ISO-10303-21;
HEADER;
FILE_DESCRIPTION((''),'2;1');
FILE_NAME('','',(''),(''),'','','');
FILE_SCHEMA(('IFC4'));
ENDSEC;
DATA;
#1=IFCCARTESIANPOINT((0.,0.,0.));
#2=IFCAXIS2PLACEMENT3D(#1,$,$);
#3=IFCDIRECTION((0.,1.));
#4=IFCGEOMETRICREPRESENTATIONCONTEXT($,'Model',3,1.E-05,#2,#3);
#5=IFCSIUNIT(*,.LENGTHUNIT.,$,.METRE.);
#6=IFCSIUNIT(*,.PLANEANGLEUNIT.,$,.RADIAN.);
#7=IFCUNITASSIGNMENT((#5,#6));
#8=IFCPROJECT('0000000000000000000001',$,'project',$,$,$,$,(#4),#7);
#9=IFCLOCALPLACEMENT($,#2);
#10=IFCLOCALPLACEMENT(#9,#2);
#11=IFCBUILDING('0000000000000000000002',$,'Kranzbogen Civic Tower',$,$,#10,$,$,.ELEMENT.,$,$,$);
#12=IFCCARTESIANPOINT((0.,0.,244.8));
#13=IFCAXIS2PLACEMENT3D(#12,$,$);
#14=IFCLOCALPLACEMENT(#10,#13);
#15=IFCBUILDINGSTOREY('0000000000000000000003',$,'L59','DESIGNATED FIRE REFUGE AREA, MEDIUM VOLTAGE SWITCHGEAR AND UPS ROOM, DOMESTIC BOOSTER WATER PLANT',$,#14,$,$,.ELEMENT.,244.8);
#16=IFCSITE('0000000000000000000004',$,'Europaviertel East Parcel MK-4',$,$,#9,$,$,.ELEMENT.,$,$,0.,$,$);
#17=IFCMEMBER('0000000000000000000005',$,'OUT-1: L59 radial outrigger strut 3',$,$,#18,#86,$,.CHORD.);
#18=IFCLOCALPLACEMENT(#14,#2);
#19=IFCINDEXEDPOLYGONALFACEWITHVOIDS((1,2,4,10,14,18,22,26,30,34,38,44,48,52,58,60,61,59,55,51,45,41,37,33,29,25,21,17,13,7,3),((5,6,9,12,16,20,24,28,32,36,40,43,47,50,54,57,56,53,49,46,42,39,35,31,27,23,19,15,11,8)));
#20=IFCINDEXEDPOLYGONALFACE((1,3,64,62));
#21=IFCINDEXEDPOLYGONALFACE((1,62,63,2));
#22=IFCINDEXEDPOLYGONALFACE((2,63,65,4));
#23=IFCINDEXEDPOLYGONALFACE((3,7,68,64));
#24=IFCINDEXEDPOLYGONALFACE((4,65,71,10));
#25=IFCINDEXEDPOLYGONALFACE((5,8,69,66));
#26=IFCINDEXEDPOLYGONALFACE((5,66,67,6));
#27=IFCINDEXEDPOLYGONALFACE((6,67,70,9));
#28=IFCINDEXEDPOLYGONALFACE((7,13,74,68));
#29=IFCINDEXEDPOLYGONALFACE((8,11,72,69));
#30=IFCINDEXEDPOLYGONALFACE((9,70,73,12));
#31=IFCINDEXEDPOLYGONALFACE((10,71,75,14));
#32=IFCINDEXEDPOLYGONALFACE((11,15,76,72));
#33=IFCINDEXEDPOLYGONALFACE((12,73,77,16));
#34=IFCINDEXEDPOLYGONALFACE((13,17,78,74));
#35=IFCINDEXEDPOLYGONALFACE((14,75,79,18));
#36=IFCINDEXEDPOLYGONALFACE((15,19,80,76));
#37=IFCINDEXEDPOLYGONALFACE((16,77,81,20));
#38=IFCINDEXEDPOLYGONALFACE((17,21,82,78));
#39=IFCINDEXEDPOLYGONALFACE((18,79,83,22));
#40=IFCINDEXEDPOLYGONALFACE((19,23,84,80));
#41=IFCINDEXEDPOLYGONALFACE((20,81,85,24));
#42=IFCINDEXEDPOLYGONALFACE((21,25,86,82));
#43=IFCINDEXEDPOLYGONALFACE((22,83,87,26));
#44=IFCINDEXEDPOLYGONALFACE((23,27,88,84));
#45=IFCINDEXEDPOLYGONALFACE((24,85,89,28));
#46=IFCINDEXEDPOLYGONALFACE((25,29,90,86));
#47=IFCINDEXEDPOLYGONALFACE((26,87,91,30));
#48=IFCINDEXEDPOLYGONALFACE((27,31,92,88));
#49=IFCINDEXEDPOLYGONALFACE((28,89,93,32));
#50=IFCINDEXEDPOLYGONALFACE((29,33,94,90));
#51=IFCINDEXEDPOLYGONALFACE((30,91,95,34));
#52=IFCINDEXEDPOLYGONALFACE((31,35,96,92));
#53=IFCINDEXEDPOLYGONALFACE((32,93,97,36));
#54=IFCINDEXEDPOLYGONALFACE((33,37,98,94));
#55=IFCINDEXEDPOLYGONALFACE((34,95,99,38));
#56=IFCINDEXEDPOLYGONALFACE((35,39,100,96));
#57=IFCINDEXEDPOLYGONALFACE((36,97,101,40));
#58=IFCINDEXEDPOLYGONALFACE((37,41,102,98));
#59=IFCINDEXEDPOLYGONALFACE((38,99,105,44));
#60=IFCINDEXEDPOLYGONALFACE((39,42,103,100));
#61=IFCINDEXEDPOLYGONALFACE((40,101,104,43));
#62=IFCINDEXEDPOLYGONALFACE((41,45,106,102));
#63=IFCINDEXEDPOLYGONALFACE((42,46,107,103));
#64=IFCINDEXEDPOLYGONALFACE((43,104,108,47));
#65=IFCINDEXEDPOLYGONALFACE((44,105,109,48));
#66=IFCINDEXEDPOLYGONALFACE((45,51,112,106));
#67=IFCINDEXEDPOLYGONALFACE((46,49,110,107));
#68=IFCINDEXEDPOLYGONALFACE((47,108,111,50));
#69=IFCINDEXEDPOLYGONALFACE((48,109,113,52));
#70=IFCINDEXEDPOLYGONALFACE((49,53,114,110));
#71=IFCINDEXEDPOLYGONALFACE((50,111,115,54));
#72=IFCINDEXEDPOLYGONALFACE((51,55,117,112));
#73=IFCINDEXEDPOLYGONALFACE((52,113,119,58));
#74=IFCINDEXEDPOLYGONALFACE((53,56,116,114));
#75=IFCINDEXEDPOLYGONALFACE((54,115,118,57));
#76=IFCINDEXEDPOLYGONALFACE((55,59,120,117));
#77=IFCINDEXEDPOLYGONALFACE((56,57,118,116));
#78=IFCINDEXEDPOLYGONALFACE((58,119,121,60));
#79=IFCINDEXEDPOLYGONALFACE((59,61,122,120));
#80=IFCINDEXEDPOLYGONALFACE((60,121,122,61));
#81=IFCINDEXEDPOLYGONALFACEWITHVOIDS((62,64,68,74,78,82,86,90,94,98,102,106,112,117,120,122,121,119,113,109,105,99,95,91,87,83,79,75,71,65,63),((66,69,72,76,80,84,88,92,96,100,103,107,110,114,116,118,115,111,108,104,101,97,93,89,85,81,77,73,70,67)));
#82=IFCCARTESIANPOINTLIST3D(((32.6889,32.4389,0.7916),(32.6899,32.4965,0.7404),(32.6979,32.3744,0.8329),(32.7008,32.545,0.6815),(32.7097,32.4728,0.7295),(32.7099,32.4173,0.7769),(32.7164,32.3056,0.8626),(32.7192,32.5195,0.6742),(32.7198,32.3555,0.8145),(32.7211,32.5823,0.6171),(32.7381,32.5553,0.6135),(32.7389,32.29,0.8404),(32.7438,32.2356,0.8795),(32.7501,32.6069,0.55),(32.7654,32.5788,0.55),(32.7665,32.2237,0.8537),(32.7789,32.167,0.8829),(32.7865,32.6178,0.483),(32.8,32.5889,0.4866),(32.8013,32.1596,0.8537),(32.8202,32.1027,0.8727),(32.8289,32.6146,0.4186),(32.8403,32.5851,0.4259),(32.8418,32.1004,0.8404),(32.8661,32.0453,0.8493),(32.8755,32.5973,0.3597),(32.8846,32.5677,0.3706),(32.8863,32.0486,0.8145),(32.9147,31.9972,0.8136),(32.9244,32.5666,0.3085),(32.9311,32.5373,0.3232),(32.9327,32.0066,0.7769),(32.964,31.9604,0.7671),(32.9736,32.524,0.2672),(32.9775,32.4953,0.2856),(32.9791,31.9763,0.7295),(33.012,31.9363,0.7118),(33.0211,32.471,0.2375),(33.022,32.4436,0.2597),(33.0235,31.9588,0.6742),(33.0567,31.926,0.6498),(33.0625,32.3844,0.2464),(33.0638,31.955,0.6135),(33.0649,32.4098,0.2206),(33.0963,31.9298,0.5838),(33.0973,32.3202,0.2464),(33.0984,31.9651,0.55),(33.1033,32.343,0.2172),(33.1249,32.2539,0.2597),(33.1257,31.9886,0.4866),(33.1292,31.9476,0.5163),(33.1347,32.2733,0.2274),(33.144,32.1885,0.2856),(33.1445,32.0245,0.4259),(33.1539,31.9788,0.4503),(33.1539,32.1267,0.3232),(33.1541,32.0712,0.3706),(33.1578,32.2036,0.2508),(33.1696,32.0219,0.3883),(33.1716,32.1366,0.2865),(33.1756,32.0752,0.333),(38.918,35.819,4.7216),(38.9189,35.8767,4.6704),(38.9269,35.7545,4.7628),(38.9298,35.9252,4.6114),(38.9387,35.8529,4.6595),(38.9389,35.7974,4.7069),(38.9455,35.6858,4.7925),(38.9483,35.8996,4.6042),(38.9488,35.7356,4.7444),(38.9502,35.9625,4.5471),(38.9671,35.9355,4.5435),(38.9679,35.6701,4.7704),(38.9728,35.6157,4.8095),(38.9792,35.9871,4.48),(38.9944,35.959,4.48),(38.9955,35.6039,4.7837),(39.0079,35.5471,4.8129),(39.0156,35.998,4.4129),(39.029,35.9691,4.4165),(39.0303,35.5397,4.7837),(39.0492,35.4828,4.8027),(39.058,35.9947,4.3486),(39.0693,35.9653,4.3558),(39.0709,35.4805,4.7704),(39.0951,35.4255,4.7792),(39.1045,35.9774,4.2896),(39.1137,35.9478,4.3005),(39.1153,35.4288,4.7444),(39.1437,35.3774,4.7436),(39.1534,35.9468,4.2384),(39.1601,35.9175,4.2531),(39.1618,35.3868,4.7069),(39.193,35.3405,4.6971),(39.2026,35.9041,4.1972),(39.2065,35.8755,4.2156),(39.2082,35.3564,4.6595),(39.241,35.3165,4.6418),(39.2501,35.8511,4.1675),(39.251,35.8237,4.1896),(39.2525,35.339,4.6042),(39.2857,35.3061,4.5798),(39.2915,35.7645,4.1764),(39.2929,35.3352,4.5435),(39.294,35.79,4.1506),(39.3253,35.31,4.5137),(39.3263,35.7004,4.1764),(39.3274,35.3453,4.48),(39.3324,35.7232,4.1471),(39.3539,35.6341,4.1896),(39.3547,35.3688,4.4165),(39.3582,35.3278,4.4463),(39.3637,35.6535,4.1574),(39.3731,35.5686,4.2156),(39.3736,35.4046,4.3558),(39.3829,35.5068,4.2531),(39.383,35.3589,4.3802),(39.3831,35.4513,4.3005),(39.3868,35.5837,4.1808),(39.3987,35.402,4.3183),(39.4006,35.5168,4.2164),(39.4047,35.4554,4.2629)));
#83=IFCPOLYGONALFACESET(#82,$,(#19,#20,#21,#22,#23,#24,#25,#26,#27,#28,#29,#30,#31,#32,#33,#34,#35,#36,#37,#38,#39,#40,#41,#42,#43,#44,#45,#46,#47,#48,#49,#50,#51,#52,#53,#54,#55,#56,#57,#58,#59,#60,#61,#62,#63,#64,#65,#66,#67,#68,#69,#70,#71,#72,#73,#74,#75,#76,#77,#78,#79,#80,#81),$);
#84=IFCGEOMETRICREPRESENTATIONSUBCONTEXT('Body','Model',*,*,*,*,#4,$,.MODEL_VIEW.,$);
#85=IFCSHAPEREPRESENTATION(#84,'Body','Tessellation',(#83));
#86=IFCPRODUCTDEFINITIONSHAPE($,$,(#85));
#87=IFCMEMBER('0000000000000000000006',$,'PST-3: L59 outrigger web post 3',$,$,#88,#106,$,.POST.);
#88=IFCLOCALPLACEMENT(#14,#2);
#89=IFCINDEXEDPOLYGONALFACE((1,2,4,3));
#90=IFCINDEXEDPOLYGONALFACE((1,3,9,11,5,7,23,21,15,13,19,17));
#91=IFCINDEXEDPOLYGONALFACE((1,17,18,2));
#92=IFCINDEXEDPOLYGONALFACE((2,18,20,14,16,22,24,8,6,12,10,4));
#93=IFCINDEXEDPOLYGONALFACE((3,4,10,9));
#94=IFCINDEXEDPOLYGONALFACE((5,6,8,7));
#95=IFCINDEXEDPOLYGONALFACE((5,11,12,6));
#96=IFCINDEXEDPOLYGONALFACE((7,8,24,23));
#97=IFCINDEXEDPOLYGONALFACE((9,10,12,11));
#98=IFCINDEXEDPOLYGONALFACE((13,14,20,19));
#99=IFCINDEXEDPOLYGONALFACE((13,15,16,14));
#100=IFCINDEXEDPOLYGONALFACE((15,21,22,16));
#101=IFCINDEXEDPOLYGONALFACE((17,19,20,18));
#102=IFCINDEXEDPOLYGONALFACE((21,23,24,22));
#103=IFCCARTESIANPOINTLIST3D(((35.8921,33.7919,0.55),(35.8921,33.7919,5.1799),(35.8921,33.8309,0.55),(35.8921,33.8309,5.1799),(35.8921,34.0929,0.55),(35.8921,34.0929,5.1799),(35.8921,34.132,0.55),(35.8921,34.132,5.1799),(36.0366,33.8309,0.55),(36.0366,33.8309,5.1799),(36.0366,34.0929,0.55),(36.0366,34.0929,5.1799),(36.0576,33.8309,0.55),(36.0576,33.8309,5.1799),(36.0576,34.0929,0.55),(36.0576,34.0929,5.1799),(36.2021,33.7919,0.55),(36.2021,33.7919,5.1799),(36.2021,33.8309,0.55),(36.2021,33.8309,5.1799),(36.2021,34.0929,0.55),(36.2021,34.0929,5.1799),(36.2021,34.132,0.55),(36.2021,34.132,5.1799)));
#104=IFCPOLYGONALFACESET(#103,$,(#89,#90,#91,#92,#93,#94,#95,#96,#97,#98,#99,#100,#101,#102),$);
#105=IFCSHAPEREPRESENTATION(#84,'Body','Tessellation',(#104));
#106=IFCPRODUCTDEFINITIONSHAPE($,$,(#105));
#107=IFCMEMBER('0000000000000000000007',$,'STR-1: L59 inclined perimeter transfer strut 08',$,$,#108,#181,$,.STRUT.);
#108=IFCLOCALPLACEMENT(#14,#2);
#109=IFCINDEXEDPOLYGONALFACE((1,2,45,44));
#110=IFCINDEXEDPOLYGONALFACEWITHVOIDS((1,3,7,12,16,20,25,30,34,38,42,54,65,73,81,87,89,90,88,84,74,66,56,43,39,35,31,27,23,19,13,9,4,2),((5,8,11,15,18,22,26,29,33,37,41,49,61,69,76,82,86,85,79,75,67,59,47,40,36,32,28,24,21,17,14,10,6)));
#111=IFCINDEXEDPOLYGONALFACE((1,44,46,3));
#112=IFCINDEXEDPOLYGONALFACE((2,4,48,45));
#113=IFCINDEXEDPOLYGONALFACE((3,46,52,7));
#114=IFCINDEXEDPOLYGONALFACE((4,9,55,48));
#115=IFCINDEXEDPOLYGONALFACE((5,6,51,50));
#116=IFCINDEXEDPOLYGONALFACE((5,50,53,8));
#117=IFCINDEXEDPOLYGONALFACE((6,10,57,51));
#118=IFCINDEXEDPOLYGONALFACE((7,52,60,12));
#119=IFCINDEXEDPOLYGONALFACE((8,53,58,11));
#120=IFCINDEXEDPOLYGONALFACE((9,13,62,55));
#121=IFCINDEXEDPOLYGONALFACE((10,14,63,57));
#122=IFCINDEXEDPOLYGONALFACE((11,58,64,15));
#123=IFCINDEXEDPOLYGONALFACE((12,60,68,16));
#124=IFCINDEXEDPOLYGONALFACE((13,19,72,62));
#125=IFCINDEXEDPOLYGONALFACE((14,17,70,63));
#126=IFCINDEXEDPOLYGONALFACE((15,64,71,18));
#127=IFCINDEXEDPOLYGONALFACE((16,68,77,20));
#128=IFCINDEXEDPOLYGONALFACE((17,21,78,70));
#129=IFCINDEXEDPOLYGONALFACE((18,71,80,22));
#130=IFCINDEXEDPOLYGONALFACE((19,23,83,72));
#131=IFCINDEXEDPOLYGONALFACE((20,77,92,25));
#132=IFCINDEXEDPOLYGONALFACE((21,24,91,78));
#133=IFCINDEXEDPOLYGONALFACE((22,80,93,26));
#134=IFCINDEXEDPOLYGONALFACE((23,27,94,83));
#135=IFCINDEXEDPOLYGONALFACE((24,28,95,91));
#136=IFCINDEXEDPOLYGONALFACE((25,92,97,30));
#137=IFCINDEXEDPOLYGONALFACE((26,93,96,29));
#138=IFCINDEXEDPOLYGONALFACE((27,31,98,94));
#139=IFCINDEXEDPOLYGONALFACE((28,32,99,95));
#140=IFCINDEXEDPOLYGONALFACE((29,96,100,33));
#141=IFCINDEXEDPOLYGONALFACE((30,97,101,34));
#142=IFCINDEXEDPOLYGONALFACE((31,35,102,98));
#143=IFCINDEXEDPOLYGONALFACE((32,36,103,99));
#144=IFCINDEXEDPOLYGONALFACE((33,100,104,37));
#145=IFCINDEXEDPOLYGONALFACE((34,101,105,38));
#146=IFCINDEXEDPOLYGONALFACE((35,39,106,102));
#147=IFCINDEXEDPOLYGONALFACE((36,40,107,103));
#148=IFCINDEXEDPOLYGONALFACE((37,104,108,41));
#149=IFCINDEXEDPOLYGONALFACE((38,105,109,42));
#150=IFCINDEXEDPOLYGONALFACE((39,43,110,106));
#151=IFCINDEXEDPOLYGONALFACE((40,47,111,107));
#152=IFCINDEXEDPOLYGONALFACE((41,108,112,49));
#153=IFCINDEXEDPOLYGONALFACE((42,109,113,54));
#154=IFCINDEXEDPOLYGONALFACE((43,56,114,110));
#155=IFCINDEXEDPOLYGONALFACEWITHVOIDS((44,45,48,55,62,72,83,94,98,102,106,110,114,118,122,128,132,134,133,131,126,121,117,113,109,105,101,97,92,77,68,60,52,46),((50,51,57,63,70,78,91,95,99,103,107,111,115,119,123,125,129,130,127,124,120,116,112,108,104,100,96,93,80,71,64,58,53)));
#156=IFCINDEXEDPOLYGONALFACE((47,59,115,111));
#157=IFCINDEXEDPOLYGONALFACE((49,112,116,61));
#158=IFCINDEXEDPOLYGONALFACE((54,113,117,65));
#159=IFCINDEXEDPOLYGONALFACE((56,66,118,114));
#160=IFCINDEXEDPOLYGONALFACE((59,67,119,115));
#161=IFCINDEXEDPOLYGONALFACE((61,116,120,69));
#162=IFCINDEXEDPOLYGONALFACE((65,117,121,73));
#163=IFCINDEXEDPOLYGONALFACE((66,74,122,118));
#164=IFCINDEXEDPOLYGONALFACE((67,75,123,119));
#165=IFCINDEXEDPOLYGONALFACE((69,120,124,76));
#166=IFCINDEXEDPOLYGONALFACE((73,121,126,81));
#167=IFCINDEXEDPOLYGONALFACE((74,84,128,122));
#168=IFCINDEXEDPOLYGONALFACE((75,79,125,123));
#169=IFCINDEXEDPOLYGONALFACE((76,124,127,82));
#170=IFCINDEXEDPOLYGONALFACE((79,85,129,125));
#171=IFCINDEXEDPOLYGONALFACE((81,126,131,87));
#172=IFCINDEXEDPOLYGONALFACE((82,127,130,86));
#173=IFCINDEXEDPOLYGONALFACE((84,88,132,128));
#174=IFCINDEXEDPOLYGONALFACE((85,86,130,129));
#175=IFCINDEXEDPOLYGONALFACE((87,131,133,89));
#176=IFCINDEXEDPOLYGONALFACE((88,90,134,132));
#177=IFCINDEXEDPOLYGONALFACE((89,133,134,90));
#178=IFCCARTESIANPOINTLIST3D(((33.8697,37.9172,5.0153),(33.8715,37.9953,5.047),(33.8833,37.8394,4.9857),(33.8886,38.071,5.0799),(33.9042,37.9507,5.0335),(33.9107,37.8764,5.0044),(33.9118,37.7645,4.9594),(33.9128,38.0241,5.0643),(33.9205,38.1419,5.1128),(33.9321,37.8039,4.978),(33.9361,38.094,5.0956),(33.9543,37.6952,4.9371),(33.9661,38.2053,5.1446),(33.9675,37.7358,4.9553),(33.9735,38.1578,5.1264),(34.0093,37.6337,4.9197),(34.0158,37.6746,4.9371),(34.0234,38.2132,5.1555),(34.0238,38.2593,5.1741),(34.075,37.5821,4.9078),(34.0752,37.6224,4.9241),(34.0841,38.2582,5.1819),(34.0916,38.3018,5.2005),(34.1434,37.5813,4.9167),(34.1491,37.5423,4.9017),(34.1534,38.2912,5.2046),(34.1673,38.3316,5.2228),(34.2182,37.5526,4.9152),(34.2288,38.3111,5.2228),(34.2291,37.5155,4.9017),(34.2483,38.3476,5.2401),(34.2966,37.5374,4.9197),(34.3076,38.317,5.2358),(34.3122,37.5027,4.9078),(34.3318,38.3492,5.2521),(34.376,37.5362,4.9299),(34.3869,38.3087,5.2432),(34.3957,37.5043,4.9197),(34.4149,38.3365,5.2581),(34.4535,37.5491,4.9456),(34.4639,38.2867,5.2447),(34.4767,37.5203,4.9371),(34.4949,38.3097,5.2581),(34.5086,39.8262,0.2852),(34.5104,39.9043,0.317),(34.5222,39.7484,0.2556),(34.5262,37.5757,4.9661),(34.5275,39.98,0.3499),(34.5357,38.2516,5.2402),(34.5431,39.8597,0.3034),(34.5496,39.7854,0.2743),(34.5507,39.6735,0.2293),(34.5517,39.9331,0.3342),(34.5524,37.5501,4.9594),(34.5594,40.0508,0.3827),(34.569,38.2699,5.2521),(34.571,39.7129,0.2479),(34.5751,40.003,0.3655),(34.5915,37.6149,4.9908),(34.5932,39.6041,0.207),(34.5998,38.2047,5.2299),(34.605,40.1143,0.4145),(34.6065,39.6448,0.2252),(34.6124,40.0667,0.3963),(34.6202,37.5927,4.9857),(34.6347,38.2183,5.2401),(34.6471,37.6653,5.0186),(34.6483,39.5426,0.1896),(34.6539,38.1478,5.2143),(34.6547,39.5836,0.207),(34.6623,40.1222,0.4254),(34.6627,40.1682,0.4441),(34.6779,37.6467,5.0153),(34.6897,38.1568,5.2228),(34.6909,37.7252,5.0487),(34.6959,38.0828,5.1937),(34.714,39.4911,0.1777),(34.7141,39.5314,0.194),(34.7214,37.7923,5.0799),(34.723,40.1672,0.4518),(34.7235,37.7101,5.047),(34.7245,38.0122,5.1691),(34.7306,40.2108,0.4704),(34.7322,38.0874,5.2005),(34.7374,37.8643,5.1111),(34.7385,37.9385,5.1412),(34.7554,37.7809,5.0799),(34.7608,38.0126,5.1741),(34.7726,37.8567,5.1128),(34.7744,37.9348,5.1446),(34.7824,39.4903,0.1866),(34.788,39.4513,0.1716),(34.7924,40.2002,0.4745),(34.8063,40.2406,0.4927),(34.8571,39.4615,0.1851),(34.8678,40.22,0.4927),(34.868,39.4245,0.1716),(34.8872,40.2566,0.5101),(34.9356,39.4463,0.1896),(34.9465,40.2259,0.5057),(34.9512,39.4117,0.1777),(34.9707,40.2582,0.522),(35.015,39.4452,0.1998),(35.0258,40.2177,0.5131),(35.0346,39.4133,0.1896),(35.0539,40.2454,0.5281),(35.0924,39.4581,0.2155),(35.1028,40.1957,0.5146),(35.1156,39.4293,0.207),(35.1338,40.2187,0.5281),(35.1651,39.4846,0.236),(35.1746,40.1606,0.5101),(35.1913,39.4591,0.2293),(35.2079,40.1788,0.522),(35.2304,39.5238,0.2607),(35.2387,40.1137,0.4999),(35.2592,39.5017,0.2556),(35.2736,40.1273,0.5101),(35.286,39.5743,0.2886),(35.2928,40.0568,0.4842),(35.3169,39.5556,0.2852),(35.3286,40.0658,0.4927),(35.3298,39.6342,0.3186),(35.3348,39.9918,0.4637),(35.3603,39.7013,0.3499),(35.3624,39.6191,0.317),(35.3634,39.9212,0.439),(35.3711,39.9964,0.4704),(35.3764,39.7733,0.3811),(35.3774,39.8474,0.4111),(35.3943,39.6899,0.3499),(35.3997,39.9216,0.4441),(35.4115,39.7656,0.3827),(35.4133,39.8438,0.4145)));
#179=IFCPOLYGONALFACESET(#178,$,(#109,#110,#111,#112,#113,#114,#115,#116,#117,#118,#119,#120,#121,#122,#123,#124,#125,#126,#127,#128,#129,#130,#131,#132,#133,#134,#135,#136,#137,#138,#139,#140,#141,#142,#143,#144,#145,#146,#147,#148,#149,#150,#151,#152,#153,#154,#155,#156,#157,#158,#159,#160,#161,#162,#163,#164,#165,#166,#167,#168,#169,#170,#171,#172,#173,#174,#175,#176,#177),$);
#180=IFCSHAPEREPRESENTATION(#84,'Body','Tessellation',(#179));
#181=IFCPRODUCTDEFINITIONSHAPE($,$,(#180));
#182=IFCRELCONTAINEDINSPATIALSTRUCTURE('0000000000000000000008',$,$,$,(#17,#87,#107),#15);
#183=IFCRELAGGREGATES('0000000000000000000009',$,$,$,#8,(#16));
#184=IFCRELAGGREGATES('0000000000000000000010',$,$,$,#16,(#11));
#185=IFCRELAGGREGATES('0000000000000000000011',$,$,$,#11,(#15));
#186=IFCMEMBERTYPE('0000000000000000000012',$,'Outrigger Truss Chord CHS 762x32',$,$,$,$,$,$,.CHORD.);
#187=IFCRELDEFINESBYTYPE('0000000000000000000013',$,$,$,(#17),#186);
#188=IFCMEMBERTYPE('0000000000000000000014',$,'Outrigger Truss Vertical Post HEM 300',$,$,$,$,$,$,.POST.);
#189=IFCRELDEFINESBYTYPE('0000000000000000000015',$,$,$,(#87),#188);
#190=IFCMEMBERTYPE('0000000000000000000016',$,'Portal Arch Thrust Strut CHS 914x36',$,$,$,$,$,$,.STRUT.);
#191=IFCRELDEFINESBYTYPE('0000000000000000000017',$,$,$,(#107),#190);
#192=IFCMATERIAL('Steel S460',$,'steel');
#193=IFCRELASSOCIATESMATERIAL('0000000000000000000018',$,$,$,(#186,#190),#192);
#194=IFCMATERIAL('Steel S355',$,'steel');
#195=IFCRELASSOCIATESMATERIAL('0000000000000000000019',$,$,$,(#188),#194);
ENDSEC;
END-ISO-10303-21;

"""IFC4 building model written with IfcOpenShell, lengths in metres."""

from ifc_helpers import new_model, si_unit, direction, frame, origin, origin_2d, place, context, subcontext, project, spatial, hollow_circle, i_section, extrude, material, material_profile, profile_set, type_object, element, save


model = new_model("IFC4")

# Units and contexts
model_context = context("Model", 3, precision=1e-05, world=origin(), true_north=direction((0.0, 1.0)))
body_context = subcontext(model_context, "Body", "Model", "MODEL_VIEW")
ifc_project = project(units=[si_unit("LENGTHUNIT", "METRE"), si_unit("PLANEANGLEUNIT", "RADIAN")], contexts=[model_context])

# Site, building, storey
site_placement = place(None, origin())
site = spatial("IfcSite", under=ifc_project, at=site_placement, Name="Europaviertel East Parcel MK-4", CompositionType="ELEMENT", RefElevation=0.0)
building_placement = place(site_placement, origin())
building = spatial("IfcBuilding", under=site, at=building_placement, Name="Kranzbogen Civic Tower", CompositionType="ELEMENT")
storey_placement = place(building_placement, frame((0.0, 0.0, 244.8)))
storey = spatial("IfcBuildingStorey", under=building, at=storey_placement, Name="L59", Description="DESIGNATED FIRE REFUGE AREA, MEDIUM VOLTAGE SWITCHGEAR AND UPS ROOM, DOMESTIC BOOSTER WATER PLANT", CompositionType="ELEMENT", Elevation=244.8)

# Shared definitions
ifc_material_1 = material(Name="Steel S355", Category="steel")

# Members
ifc_material_2 = material(Name="Steel S460", Category="steel")
ifc_material_profile_1 = material_profile(ifc_material_2, hollow_circle(Radius=0.3811, WallThickness=0.032, at=origin_2d()), Name="CHS 762x32")
ifc_profile_set_1 = profile_set([ifc_material_profile_1], Name="Steel S460")
member_type_1 = type_object("IfcMemberType", Name="Outrigger Truss Chord CHS 762x32", PredefinedType="CHORD", material=ifc_profile_set_1)
member_1_placement = place(storey_placement, frame((32.9319, 32.272, 0.55), z_axis=(0.768661, 0.417109, 0.484955), x_axis=(-0.476947, 0.878932, 0.0)))
element("IfcMember", 1, at=member_1_placement, inside=storey, type_object=member_type_1, Name="OUT-1: L59 radial outrigger strut 3", PredefinedType="CHORD", context=body_context, shape_type="SweptSolid", body=[
    extrude(hollow_circle(Radius=0.3811, WallThickness=0.032, at=origin_2d()), origin(), (0.0, 0.0, 1.0), 8.1038),
])
ifc_material_profile_2 = material_profile(ifc_material_1, i_section(OverallWidth=0.3101, OverallDepth=0.3401, WebThickness=0.021, FlangeThickness=0.0391, at=origin_2d()), Name="HEM 300")
ifc_profile_set_2 = profile_set([ifc_material_profile_2], Name="Steel S355")
member_type_2 = type_object("IfcMemberType", Name="Outrigger Truss Vertical Post HEM 300", PredefinedType="POST", material=ifc_profile_set_2)
member_2_placement = place(storey_placement, frame((36.0471, 33.9619, 0.55), z_axis=(0.0, 0.0, 1.0), x_axis=(1.0, 0.0, 0.0)))
element("IfcMember", 2, at=member_2_placement, inside=storey, type_object=member_type_2, Name="PST-3: L59 outrigger web post 3", PredefinedType="POST", context=body_context, shape_type="SweptSolid", body=[
    extrude(i_section(OverallWidth=0.3101, OverallDepth=0.3401, WebThickness=0.021, FlangeThickness=0.0391, at=origin_2d()), origin(), (0.0, 0.0, 1.0), 4.6299),
])
ifc_material_profile_3 = material_profile(ifc_material_2, hollow_circle(Radius=0.457, WallThickness=0.0359, at=origin_2d()), Name="CHS 914x36")
ifc_profile_set_3 = profile_set([ifc_material_profile_3], Name="Steel S460")
member_type_3 = type_object("IfcMemberType", Name="Portal Arch Thrust Strut CHS 914x36", PredefinedType="STRUT", material=ifc_profile_set_3)
member_3_placement = place(storey_placement, frame((34.9609, 39.835, 0.3499), z_axis=(-0.12429, -0.371351, 0.920136), x_axis=(0.948294, -0.317392, 0.0)))
element("IfcMember", 3, at=member_3_placement, inside=storey, type_object=member_type_3, Name="STR-1: L59 inclined perimeter transfer strut 08", PredefinedType="STRUT", context=body_context, shape_type="SweptSolid", body=[
    extrude(hollow_circle(Radius=0.457, WallThickness=0.0359, at=origin_2d()), origin(), (0.0, 0.0, 1.0), 5.1406),
])

save(model, "model.ifc")
